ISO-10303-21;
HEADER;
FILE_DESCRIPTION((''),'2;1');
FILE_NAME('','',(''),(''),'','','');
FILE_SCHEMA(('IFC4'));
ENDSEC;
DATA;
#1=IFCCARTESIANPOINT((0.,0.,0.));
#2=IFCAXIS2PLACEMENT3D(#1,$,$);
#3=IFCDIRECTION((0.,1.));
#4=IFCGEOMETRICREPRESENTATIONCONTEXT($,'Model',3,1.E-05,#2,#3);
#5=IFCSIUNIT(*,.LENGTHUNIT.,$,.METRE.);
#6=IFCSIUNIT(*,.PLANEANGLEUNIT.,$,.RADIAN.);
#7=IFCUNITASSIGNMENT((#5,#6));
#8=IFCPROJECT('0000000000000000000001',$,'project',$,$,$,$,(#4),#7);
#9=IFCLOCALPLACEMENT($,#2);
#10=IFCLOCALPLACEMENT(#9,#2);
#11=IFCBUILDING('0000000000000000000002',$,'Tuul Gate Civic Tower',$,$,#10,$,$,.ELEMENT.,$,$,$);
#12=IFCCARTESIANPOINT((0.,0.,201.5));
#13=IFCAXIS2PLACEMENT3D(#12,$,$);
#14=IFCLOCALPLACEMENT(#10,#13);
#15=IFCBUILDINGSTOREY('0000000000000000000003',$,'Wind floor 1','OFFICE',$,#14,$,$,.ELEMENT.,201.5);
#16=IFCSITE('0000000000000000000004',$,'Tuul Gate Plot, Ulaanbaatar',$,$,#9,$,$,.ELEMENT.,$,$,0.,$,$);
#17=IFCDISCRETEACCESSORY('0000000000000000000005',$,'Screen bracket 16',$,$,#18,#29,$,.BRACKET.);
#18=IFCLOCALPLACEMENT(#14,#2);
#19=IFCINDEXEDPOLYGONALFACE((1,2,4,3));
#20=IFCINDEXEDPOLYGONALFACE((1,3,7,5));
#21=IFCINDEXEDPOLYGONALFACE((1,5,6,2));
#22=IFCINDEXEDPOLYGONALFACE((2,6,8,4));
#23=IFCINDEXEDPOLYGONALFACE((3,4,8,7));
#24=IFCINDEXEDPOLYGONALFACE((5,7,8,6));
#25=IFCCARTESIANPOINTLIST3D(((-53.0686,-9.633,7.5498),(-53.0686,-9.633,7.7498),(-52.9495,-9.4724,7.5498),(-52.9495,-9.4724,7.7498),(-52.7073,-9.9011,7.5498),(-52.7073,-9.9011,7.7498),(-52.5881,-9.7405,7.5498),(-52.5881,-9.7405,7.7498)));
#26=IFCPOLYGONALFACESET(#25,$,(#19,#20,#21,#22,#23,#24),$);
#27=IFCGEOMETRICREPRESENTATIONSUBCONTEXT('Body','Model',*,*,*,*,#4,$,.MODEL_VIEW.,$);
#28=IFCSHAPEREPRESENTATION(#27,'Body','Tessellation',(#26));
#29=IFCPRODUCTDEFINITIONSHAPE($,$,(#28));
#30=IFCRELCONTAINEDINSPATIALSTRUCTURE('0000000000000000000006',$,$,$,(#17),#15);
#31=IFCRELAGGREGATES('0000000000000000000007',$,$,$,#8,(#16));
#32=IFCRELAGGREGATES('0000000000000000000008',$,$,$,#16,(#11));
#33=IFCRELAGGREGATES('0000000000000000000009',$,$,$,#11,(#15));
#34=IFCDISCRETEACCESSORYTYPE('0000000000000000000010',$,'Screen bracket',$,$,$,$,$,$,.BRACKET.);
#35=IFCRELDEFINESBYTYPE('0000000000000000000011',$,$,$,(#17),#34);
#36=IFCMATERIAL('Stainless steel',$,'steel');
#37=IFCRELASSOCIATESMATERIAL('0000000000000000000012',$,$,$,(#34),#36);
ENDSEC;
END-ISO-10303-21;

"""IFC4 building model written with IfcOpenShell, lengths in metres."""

from ifc_helpers import new_model, si_unit, direction, frame, origin, origin_2d, place, context, subcontext, project, spatial, rectangle, extrude, material, type_object, element, save


model = new_model("IFC4")

# Units and contexts
model_context = context("Model", 3, precision=1e-05, world=origin(), true_north=direction((0.0, 1.0)))
body_context = subcontext(model_context, "Body", "Model", "MODEL_VIEW")
ifc_project = project(units=[si_unit("LENGTHUNIT", "METRE"), si_unit("PLANEANGLEUNIT", "RADIAN")], contexts=[model_context])

# Site, building, storey
site_placement = place(None, origin())
site = spatial("IfcSite", under=ifc_project, at=site_placement, Name="Tuul Gate Plot, Ulaanbaatar", CompositionType="ELEMENT", RefElevation=0.0)
building_placement = place(site_placement, origin())
building = spatial("IfcBuilding", under=site, at=building_placement, Name="Tuul Gate Civic Tower", CompositionType="ELEMENT")
storey_placement = place(building_placement, frame((0.0, 0.0, 201.5)))
storey = spatial("IfcBuildingStorey", under=building, at=storey_placement, Name="Wind floor 1", Description="OFFICE", CompositionType="ELEMENT", Elevation=201.5)

# Discrete accessory
ifc_material_1 = material(Name="Stainless steel", Category="steel")
discrete_accessory_type_1 = type_object("IfcDiscreteAccessoryType", Name="Screen bracket", PredefinedType="BRACKET", material=ifc_material_1)
discrete_accessory_1_placement = place(storey_placement, frame((-52.8284, -9.6868, 7.5498), z_axis=(0.0, 0.0, 1.0), x_axis=(-0.803045, 0.595918, 0.0)))
element("IfcDiscreteAccessory", 1, at=discrete_accessory_1_placement, inside=storey, type_object=discrete_accessory_type_1, Name="Screen bracket 16", PredefinedType="BRACKET", context=body_context, shape_type="SweptSolid", body=[
    extrude(rectangle(XDim=0.45, YDim=0.2, at=origin_2d()), origin(), (0.0, 0.0, 1.0), 0.2),
])

save(model, "model.ifc")
